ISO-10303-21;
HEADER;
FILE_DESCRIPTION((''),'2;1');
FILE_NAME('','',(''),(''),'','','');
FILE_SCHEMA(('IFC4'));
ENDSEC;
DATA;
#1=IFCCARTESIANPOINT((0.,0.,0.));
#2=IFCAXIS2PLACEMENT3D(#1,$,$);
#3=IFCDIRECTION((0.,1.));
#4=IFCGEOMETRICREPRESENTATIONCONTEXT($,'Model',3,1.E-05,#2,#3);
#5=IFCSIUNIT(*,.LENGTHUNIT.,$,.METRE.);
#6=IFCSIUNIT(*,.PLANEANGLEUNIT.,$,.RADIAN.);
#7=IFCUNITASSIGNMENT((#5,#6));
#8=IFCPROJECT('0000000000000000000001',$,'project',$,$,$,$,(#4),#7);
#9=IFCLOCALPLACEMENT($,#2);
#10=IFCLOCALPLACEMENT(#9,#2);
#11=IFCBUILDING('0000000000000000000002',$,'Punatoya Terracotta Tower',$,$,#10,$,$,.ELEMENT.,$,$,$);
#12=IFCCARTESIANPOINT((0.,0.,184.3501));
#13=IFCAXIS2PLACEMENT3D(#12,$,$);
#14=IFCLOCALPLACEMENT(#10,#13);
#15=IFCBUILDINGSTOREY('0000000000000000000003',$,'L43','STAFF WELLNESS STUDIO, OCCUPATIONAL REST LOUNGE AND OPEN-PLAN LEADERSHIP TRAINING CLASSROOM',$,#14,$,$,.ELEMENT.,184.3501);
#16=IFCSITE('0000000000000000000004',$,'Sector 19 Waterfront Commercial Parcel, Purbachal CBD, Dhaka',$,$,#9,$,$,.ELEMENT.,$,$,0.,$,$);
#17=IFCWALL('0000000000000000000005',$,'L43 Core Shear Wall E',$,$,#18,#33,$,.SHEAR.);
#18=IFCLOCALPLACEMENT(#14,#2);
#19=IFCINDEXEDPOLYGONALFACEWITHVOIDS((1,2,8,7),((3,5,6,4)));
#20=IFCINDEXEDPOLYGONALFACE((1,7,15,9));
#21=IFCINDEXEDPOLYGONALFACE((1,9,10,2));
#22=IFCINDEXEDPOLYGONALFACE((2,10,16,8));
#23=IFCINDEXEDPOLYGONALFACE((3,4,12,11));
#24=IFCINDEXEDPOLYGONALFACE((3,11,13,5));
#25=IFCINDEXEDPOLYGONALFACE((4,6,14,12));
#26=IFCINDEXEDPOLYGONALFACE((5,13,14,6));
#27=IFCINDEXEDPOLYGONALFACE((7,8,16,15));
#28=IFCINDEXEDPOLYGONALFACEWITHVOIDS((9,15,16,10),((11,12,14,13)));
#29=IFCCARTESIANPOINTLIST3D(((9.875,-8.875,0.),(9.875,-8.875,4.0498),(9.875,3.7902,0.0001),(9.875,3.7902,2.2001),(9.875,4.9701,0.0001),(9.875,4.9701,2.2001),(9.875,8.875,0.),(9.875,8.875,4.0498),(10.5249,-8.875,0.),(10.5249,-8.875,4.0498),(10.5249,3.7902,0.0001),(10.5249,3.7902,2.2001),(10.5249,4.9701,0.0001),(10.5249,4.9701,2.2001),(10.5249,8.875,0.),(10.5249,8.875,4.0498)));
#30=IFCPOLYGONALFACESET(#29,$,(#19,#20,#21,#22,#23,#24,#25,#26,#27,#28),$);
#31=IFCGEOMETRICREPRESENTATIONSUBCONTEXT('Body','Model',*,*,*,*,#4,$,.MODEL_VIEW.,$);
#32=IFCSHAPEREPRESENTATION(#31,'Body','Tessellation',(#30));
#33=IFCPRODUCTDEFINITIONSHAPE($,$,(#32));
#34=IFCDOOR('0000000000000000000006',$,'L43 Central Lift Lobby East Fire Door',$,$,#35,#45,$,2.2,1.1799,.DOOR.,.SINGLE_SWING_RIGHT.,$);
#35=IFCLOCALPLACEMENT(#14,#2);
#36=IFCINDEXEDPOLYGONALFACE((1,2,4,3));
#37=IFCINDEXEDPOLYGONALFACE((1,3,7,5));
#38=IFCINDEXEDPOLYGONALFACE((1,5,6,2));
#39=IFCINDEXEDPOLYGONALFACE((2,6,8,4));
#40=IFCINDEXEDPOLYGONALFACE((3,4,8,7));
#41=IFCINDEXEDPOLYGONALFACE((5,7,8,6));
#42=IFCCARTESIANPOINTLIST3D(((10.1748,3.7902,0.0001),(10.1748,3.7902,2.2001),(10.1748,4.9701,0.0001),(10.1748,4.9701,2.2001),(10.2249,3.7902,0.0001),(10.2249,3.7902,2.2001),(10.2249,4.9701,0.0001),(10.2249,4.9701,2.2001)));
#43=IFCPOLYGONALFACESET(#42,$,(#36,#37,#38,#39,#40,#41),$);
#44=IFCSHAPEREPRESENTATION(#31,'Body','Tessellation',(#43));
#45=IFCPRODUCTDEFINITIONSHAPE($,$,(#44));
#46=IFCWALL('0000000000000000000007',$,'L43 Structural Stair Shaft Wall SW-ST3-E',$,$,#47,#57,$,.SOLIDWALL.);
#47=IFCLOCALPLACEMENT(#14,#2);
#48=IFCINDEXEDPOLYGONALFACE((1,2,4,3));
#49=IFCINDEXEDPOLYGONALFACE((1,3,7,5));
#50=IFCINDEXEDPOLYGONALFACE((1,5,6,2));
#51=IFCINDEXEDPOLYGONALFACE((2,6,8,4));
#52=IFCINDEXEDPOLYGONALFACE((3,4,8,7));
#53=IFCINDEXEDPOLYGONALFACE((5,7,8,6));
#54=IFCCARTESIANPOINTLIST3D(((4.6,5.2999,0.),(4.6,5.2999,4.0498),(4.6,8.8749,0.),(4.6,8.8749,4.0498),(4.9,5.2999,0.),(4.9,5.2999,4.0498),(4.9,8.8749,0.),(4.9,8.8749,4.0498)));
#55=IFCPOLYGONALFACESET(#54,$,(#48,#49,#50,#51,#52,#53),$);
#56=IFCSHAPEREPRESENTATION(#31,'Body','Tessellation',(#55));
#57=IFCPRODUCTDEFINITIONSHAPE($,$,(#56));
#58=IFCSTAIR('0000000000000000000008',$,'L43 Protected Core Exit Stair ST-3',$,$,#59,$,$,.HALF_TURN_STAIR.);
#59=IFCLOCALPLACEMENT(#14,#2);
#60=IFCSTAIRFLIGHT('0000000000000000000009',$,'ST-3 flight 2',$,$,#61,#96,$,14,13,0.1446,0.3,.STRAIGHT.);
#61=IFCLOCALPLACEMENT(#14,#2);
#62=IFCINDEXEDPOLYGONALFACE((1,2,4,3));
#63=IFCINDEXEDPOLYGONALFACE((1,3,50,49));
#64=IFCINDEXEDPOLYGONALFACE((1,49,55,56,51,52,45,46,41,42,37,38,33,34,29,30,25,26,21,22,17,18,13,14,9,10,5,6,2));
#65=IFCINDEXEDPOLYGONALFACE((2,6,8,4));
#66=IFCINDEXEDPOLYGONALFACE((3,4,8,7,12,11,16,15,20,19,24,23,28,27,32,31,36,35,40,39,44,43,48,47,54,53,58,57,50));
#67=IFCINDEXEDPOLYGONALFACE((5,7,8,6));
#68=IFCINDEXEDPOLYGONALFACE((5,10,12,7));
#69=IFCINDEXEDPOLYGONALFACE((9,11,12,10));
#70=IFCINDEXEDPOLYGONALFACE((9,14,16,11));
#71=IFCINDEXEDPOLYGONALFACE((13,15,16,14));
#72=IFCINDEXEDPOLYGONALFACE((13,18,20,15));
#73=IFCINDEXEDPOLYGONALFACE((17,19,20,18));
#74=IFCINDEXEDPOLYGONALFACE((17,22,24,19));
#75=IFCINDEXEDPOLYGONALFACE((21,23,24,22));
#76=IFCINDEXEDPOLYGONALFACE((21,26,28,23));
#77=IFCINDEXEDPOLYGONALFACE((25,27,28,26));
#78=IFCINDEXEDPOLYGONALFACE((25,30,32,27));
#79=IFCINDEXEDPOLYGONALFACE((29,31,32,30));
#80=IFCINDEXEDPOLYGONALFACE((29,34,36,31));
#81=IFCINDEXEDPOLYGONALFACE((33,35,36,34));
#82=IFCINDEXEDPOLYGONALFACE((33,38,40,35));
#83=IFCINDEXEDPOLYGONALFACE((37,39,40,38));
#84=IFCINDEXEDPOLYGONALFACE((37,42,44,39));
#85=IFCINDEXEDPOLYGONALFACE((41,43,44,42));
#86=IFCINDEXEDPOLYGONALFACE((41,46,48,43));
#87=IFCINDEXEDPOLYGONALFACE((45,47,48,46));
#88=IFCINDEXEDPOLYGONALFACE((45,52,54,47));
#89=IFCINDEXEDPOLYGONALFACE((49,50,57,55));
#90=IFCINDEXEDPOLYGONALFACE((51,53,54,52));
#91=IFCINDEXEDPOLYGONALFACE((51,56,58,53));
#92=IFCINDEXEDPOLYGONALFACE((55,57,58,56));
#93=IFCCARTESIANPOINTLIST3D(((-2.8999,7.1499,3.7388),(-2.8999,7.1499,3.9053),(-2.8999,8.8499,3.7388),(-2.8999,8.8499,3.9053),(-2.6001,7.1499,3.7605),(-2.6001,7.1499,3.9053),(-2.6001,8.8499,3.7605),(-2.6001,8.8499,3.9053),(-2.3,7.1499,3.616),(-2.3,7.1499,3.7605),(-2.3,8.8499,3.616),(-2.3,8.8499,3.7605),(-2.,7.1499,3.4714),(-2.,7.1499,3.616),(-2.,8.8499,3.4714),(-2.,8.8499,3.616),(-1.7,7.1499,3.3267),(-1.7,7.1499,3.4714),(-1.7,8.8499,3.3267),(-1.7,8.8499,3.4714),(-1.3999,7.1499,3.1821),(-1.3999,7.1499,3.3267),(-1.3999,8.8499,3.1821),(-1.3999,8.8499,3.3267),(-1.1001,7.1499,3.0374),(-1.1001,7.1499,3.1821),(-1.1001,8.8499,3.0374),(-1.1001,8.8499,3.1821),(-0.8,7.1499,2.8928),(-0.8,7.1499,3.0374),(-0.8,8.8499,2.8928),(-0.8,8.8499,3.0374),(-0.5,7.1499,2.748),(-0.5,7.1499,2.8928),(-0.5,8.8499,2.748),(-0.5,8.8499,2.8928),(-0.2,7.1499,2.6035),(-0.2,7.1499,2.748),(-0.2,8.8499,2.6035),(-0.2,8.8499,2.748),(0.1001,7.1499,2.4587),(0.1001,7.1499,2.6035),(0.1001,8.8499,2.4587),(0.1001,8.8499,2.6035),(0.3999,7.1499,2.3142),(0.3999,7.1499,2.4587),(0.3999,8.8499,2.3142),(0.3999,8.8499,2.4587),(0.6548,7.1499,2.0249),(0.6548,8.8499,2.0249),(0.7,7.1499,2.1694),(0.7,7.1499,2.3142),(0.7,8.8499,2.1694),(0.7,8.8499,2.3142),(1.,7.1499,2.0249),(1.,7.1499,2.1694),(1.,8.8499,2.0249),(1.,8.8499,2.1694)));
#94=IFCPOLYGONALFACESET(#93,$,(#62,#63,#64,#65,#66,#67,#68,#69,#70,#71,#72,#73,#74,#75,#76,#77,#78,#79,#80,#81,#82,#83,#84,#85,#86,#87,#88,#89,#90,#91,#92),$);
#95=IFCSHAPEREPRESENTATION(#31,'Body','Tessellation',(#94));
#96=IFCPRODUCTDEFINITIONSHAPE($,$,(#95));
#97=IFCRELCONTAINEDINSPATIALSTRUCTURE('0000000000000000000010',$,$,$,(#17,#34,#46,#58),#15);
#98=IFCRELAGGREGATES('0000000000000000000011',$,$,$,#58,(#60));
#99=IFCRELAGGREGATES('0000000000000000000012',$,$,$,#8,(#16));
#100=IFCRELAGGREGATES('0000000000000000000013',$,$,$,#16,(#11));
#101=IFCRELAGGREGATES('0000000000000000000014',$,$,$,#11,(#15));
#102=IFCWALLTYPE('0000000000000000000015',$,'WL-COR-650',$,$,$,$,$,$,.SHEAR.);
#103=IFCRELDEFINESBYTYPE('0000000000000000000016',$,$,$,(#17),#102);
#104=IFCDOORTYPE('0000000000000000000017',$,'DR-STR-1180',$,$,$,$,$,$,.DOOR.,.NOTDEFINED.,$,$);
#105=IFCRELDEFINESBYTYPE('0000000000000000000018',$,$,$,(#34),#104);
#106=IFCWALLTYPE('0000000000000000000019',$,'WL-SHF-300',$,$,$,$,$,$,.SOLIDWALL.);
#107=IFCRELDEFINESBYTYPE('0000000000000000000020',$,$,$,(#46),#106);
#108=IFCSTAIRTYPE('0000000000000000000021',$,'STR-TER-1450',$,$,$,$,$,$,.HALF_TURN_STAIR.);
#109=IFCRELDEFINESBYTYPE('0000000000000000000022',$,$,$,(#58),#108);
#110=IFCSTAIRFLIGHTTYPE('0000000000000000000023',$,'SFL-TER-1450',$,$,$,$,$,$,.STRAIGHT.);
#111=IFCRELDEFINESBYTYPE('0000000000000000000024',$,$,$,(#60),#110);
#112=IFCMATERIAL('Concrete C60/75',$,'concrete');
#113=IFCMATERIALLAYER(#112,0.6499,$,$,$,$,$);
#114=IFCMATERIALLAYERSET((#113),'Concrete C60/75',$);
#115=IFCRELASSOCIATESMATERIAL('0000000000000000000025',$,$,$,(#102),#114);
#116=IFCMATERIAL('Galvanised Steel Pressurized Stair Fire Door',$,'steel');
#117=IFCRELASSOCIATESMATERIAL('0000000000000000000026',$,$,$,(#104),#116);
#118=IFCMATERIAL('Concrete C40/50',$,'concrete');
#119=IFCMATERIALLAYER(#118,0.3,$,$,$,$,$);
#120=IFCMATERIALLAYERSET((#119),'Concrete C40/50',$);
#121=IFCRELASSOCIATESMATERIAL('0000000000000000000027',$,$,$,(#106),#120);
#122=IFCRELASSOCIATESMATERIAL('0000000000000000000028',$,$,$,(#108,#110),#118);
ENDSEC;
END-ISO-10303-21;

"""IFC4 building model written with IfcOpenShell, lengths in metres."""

from ifc_helpers import new_model, si_unit, direction, frame, frame_2d, origin, place, context, subcontext, project, spatial, polyline, rectangle, outline, extrude, material, layer, layer_set, type_object, element, fill, aggregate, save


model = new_model("IFC4")

# Units and contexts
model_context = context("Model", 3, precision=1e-05, world=origin(), true_north=direction((0.0, 1.0)))
body_context = subcontext(model_context, "Body", "Model", "MODEL_VIEW")
ifc_project = project(units=[si_unit("LENGTHUNIT", "METRE"), si_unit("PLANEANGLEUNIT", "RADIAN")], contexts=[model_context])

# Site, building, storey
site_placement = place(None, origin())
site = spatial("IfcSite", under=ifc_project, at=site_placement, Name="Sector 19 Waterfront Commercial Parcel, Purbachal CBD, Dhaka", CompositionType="ELEMENT", RefElevation=0.0)
building_placement = place(site_placement, origin())
building = spatial("IfcBuilding", under=site, at=building_placement, Name="Punatoya Terracotta Tower", CompositionType="ELEMENT")
storey_placement = place(building_placement, frame((0.0, 0.0, 184.3501)))
storey = spatial("IfcBuildingStorey", under=building, at=storey_placement, Name="L43", Description="STAFF WELLNESS STUDIO, OCCUPATIONAL REST LOUNGE AND OPEN-PLAN LEADERSHIP TRAINING CLASSROOM", CompositionType="ELEMENT", Elevation=184.3501)

# Shared definitions
ifc_material_1 = material(Name="Concrete C40/50", Category="concrete")

# Wall, opening, door
ifc_material_2 = material(Name="Concrete C60/75", Category="concrete")
ifc_layer_1 = layer(ifc_material_2, 0.6499)
ifc_layer_set_1 = layer_set([ifc_layer_1], Name="Concrete C60/75")
wall_type_1 = type_object("IfcWallType", Name="WL-COR-650", PredefinedType="SHEAR", material=ifc_layer_set_1)
wall_1_placement = place(storey_placement, frame((10.2, 8.875, 0.0), z_axis=(0.0, 0.0, 1.0), x_axis=(0.0, -1.0, 0.0)))
wall_1 = element("IfcWall", 1, at=wall_1_placement, inside=storey, type_object=wall_type_1, Name="L43 Core Shear Wall E", PredefinedType="SHEAR", context=body_context, shape_type="SweptSolid", body=[
    extrude(rectangle(XDim=17.75, YDim=0.6499, at=frame_2d((8.875, 0.0))), origin(), (0.0, 0.0, 1.0), 4.0498),
])
opening_placement = place(wall_1_placement, frame((3.905, 0.0, 0.0)))
opening = element("IfcOpeningElement", 2, at=opening_placement, cuts=wall_1, PredefinedType="OPENING", context=body_context, shape_type="SweptSolid", body=[
    extrude(rectangle(XDim=1.1799, YDim=2.2, at=frame_2d((0.5898, 1.1001))), frame((0.0, 0.335, 0.0), z_axis=(0.0, -1.0, 0.0), x_axis=(1.0, 0.0, 0.0)), (0.0, 0.0, 1.0), 0.6699),
])
ifc_material_3 = material(Name="Galvanised Steel Pressurized Stair Fire Door", Category="steel")
door_type = type_object("IfcDoorType", Name="DR-STR-1180", OperationType="NOTDEFINED", PredefinedType="DOOR", material=ifc_material_3)
door_placement = place(opening_placement, origin())
door = element("IfcDoor", 3, at=door_placement, inside=storey, type_object=door_type, Name="L43 Central Lift Lobby East Fire Door", OperationType="SINGLE_SWING_RIGHT", OverallHeight=2.2, OverallWidth=1.1799, PredefinedType="DOOR", context=body_context, shape_type="SweptSolid", body=[
    extrude(rectangle(XDim=1.1799, YDim=2.2, at=frame_2d((0.5898, 1.1001))), frame((0.0, 0.0249, 0.0), z_axis=(0.0, -1.0, 0.0), x_axis=(1.0, 0.0, 0.0)), (0.0, 0.0, 1.0), 0.05),
])
fill(opening, door)

# Wall
ifc_layer_2 = layer(ifc_material_1, 0.3)
ifc_layer_set_2 = layer_set([ifc_layer_2], Name="Concrete C40/50")
wall_type_2 = type_object("IfcWallType", Name="WL-SHF-300", PredefinedType="SOLIDWALL", material=ifc_layer_set_2)
wall_2_placement = place(storey_placement, frame((4.75, 8.875, 0.0), z_axis=(0.0, 0.0, 1.0), x_axis=(0.0, -1.0, 0.0)))
element("IfcWall", 4, at=wall_2_placement, inside=storey, type_object=wall_type_2, Name="L43 Structural Stair Shaft Wall SW-ST3-E", PredefinedType="SOLIDWALL", context=body_context, shape_type="SweptSolid", body=[
    extrude(rectangle(XDim=3.575, YDim=0.3, at=frame_2d((1.7876, 0.0))), origin(), (0.0, 0.0, 1.0), 4.0498),
])

# Stair, stair flight
stair_type = type_object("IfcStairType", Name="STR-TER-1450", PredefinedType="HALF_TURN_STAIR", material=ifc_material_1)
stair_placement = place(storey_placement, origin())
stair = element("IfcStair", 5, at=stair_placement, inside=storey, type_object=stair_type, Name="L43 Protected Core Exit Stair ST-3", PredefinedType="HALF_TURN_STAIR")
stair_flight_type = type_object("IfcStairFlightType", Name="SFL-TER-1450", PredefinedType="STRAIGHT", material=ifc_material_1)
stair_flight_placement = place(storey_placement, frame((1.0, 8.0, 2.0249), z_axis=(0.0, 0.0, 1.0), x_axis=(-1.0, 0.0, 0.0)))
stair_flight = element("IfcStairFlight", 6, at=stair_flight_placement, type_object=stair_flight_type, Name="ST-3 flight 2", NumberOfRisers=14, NumberOfTreads=13, PredefinedType="STRAIGHT", RiserHeight=0.1446, TreadLength=0.3, context=body_context, shape_type="SweptSolid", body=[
    extrude(outline(polyline([(0.0, 0.0), (0.0, 0.1445), (0.3, 0.1445), (0.3, 0.2893), (0.6001, 0.2893), (0.6001, 0.4338), (0.8999, 0.4338), (0.8999, 0.5786), (1.2, 0.5786), (1.2, 0.7231), (1.5, 0.7231), (1.5, 0.8679), (1.8, 0.8679), (1.8, 1.0125), (2.1001, 1.0125), (2.1001, 1.1572), (2.3999, 1.1572), (2.3999, 1.3018), (2.7, 1.3018), (2.7, 1.4465), (3.0, 1.4465), (3.0, 1.5911), (3.3, 1.5911), (3.3, 1.7356), (3.6001, 1.7356), (3.6001, 1.8804), (3.8999, 1.8804), (3.8999, 2.0249), (3.8999, 1.7139), (0.3452, 0.0), (0.0, 0.0)])), frame((0.0, 0.8501, 0.0), z_axis=(0.0, -1.0, 0.0), x_axis=(1.0, 0.0, 0.0)), (0.0, 0.0, 1.0), 1.7),
])
aggregate(stair, [stair_flight])

save(model, "model.ifc")
